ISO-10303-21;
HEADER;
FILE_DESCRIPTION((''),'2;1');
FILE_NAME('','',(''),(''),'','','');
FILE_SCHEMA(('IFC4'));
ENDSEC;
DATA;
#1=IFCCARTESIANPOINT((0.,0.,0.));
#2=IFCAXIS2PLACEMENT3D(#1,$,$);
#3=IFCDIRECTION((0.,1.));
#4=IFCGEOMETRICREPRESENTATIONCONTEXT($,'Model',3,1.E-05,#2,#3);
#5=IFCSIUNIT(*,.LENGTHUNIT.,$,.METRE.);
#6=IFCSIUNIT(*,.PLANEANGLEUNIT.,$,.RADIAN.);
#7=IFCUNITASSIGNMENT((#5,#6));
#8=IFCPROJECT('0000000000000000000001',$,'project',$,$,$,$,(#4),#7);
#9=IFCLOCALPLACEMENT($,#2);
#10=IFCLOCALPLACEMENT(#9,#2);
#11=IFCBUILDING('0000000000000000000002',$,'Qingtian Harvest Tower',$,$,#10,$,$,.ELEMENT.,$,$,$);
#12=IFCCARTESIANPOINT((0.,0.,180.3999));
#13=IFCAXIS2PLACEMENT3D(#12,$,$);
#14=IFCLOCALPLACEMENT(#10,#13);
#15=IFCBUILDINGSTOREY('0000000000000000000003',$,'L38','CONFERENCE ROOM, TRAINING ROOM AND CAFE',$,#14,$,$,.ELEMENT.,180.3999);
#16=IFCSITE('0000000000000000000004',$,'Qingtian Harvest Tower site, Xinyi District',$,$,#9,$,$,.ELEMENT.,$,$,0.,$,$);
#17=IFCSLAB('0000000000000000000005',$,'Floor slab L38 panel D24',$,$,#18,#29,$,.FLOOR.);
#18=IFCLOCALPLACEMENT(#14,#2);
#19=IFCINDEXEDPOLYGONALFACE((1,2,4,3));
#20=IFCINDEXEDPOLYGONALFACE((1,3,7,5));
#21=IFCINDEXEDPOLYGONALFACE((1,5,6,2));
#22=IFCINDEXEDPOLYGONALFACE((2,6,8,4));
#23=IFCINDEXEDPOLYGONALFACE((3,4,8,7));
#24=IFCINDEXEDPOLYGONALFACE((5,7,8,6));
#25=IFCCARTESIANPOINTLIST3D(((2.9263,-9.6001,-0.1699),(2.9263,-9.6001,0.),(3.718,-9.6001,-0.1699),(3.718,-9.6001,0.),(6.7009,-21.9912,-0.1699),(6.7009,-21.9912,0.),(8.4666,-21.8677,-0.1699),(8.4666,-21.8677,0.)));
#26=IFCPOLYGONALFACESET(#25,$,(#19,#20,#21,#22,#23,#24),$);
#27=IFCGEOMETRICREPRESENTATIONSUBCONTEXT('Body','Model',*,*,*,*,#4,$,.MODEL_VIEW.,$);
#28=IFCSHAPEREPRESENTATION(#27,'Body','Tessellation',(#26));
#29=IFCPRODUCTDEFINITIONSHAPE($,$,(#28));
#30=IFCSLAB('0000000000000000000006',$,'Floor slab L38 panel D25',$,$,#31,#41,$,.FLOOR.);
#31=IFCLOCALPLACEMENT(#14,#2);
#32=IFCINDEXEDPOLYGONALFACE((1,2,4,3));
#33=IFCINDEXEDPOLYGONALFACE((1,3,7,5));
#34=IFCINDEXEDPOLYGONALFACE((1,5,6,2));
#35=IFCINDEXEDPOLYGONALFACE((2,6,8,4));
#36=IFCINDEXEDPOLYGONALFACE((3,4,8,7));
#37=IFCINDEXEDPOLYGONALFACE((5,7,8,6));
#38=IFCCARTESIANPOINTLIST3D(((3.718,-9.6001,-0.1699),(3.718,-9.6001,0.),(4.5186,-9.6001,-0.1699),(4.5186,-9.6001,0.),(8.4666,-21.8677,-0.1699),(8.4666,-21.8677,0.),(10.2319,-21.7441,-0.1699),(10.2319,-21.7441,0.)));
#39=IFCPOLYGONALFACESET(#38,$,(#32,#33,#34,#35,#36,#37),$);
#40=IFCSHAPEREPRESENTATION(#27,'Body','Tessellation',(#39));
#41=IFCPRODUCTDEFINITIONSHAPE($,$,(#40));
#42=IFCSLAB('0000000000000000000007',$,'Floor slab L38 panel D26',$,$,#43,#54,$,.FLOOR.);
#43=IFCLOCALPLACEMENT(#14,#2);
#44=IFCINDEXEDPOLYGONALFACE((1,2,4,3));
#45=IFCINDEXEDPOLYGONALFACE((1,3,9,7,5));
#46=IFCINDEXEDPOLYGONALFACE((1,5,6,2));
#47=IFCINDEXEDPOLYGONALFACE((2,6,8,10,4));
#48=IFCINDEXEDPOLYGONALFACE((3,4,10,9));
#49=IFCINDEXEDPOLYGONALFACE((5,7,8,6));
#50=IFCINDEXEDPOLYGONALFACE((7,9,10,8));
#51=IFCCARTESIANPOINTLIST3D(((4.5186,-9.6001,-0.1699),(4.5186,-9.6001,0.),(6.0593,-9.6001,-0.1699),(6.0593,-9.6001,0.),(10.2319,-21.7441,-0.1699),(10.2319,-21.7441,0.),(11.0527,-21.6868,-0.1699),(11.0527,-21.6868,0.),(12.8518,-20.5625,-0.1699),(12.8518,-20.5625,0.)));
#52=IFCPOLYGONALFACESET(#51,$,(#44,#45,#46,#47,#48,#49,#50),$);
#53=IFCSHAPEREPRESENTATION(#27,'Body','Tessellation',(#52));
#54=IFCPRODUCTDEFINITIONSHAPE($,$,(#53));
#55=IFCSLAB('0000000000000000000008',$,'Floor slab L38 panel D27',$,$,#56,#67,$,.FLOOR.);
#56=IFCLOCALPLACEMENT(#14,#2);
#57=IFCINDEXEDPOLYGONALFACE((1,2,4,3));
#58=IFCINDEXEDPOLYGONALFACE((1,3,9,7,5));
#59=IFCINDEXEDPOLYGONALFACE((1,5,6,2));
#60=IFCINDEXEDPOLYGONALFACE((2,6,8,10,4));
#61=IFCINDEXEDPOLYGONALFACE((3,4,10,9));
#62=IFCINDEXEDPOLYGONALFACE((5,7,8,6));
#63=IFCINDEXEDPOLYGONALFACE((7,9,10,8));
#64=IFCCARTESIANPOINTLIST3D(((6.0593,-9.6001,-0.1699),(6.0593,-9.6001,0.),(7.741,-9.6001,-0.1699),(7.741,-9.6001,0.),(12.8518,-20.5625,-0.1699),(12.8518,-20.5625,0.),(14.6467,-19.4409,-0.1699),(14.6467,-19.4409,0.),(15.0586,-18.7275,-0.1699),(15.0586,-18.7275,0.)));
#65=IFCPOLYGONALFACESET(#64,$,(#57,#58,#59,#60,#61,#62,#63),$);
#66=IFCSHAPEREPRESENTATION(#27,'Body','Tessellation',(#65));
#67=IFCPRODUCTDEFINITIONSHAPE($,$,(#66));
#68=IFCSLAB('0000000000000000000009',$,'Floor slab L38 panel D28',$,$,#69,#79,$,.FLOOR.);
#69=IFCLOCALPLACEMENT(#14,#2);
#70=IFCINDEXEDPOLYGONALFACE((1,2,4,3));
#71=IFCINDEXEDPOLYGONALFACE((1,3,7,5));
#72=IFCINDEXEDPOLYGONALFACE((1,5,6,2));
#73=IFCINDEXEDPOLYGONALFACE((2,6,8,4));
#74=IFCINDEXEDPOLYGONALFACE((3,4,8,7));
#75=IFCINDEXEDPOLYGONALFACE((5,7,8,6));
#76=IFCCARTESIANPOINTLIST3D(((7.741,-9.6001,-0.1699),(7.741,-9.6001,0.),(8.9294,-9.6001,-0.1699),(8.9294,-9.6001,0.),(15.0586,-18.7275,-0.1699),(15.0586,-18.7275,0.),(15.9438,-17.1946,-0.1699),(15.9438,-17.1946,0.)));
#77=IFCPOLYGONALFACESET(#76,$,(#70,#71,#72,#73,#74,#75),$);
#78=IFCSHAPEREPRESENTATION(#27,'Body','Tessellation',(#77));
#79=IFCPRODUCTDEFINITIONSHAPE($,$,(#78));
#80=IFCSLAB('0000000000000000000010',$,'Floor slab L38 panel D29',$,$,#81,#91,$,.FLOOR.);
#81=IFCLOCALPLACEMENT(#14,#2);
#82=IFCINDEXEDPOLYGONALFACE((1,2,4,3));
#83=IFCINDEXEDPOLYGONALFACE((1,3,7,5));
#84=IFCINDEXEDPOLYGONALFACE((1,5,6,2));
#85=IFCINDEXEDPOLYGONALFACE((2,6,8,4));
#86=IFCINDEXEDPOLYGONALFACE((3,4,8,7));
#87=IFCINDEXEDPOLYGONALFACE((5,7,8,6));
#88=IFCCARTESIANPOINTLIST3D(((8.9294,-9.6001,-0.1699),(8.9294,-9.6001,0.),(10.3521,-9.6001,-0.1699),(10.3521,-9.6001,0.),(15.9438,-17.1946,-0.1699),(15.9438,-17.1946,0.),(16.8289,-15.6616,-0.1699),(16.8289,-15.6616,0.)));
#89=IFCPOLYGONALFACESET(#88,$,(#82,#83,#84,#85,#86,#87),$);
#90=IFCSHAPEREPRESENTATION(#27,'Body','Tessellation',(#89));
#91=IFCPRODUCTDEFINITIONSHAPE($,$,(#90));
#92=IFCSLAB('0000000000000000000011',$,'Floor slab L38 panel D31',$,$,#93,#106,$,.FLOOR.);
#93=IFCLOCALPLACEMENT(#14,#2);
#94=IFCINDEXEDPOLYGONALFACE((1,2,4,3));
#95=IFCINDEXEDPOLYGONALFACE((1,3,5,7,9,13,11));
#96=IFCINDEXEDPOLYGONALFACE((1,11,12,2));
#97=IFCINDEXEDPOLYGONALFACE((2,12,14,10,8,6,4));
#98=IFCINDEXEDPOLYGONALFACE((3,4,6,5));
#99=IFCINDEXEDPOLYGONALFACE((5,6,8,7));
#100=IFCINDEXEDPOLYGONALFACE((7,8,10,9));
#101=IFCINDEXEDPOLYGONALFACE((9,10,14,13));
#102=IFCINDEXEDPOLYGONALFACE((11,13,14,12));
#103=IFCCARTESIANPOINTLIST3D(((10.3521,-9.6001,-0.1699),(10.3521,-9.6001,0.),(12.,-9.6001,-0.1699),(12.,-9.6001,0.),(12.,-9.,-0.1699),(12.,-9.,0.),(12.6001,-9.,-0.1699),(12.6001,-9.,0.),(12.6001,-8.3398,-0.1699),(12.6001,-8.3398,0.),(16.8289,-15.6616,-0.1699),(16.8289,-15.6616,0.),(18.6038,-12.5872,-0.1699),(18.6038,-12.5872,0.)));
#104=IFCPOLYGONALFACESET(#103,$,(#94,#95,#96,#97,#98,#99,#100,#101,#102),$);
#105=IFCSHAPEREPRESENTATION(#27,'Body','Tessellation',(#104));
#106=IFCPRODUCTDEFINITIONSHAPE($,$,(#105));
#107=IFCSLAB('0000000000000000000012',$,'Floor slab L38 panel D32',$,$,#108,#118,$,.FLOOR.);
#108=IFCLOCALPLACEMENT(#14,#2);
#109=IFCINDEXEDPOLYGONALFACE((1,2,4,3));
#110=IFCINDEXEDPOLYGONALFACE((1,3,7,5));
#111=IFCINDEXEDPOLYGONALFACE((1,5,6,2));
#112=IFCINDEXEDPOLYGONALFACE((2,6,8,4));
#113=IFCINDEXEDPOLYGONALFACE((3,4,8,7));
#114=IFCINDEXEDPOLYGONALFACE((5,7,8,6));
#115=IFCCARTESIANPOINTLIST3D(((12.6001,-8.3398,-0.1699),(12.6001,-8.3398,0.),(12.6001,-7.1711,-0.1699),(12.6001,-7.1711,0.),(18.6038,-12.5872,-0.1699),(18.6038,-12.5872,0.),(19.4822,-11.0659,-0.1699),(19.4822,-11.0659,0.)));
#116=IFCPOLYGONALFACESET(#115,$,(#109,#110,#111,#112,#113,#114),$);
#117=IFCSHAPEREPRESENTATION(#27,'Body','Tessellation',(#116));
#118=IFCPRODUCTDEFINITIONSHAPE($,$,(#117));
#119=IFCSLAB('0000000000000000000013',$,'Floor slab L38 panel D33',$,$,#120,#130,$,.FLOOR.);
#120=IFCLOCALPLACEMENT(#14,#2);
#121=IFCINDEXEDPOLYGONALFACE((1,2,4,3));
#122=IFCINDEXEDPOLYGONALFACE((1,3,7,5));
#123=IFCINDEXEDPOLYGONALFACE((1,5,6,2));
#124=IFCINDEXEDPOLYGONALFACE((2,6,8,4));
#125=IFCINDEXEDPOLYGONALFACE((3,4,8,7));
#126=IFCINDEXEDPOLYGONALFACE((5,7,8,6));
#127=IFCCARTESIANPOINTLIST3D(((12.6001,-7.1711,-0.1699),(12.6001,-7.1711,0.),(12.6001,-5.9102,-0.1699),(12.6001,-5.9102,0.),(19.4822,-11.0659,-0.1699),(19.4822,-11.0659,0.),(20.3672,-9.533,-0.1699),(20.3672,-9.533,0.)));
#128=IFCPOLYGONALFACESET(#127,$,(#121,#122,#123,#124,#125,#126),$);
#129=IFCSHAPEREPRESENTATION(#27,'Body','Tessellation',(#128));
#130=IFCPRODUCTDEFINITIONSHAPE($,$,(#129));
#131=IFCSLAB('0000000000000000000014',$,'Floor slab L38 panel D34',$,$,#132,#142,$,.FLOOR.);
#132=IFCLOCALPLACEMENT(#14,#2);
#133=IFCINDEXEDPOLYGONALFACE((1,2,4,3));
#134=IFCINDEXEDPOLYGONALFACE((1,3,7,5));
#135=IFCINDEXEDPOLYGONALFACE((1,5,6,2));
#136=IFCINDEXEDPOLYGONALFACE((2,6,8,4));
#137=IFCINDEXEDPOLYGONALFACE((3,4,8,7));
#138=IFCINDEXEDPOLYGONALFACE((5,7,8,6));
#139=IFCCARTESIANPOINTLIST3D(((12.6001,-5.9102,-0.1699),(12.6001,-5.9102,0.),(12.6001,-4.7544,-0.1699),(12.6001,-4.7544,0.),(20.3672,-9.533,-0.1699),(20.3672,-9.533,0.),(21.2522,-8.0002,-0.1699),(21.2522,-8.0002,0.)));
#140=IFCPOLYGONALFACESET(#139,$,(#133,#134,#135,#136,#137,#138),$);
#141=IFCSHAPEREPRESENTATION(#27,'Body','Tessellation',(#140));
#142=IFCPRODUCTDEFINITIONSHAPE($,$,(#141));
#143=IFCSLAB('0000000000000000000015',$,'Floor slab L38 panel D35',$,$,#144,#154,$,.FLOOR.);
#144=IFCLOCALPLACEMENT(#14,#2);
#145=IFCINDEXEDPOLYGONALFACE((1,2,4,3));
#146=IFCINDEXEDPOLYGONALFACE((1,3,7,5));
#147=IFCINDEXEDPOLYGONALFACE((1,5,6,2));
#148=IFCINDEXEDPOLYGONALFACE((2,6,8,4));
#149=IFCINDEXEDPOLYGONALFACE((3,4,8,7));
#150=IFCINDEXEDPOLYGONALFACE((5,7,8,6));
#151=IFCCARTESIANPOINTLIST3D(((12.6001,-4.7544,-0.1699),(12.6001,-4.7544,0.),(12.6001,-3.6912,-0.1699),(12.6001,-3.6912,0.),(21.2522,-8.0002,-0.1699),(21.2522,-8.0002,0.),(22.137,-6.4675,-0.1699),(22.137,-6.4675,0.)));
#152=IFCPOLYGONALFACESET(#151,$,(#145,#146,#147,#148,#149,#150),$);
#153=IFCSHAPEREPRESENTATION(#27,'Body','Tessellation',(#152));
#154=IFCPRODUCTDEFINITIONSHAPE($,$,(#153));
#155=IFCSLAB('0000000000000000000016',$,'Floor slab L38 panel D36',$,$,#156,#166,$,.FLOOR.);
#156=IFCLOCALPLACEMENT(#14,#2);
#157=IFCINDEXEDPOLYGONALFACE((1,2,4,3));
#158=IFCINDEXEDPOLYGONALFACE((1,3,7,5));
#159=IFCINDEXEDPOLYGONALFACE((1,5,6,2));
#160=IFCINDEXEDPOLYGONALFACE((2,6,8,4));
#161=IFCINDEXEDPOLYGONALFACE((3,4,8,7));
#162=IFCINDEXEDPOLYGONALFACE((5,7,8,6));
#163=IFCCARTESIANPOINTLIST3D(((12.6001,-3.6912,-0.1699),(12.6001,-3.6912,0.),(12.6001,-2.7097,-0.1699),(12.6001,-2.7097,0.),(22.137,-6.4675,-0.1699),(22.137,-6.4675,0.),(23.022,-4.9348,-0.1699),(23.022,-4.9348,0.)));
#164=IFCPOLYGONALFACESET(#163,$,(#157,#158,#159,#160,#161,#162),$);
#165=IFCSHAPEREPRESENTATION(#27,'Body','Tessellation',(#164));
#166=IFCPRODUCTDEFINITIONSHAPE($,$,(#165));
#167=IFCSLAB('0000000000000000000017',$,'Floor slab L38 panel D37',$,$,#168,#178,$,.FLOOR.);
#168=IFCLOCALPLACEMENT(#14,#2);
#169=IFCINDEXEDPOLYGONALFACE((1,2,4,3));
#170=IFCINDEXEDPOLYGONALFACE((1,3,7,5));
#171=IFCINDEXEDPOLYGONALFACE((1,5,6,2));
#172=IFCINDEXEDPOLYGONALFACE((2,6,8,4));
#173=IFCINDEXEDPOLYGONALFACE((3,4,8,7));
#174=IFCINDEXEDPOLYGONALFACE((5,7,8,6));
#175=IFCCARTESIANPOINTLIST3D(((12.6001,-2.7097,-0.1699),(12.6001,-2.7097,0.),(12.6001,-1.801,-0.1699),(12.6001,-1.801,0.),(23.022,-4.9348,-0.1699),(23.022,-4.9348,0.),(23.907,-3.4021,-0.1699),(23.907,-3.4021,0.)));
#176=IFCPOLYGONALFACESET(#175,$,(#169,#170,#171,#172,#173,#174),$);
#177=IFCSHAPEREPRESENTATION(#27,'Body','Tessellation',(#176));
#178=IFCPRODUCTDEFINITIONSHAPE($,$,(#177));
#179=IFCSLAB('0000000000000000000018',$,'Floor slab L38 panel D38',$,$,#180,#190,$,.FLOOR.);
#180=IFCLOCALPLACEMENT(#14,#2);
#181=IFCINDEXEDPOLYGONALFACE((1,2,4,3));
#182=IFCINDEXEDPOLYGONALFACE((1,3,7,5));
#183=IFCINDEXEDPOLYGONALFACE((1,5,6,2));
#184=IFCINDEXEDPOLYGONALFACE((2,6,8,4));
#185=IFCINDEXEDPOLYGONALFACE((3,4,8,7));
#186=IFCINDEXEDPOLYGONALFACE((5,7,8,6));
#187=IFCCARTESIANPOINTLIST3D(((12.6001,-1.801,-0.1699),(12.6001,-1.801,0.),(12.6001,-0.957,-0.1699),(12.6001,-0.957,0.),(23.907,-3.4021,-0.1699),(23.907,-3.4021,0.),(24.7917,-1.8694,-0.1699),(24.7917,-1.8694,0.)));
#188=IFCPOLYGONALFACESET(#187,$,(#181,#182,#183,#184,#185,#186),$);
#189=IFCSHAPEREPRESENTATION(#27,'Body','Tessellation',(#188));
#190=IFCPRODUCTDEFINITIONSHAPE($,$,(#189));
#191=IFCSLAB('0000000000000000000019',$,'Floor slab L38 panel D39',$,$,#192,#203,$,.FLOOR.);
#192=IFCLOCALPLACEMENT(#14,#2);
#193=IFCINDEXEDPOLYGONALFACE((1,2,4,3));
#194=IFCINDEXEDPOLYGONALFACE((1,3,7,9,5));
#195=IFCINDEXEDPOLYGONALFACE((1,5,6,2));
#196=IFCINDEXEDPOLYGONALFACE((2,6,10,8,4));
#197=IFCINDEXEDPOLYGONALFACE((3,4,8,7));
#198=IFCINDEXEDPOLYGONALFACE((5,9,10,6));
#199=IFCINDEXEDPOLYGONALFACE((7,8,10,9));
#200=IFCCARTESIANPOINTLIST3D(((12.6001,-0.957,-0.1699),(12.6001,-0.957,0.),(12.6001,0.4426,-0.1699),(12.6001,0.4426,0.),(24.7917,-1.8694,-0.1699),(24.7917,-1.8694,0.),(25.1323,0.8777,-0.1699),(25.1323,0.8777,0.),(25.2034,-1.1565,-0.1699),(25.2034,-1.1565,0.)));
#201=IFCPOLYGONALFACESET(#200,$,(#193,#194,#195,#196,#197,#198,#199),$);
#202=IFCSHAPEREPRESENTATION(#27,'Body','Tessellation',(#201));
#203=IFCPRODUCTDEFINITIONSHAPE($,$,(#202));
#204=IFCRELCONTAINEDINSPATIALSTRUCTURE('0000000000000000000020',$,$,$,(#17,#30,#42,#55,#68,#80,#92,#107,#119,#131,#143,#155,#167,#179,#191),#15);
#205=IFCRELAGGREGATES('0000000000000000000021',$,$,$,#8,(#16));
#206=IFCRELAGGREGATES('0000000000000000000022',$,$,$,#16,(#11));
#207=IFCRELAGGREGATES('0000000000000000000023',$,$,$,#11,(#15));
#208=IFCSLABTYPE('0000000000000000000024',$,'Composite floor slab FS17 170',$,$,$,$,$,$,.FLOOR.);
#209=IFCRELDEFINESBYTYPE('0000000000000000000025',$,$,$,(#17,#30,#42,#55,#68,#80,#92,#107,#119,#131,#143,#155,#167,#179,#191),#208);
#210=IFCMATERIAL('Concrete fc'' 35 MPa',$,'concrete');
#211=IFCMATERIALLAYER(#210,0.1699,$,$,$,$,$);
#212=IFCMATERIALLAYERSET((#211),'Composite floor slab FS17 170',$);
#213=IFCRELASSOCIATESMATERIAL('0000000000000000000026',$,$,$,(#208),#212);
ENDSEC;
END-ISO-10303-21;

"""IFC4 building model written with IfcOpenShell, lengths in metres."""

from ifc_helpers import new_model, si_unit, direction, frame, origin, place, context, subcontext, project, spatial, polyline, outline, extrude, material, layer, layer_set, type_object, element, save


model = new_model("IFC4")

# Units and contexts
model_context = context("Model", 3, precision=1e-05, world=origin(), true_north=direction((0.0, 1.0)))
body_context = subcontext(model_context, "Body", "Model", "MODEL_VIEW")
ifc_project = project(units=[si_unit("LENGTHUNIT", "METRE"), si_unit("PLANEANGLEUNIT", "RADIAN")], contexts=[model_context])

# Site, building, storey
site_placement = place(None, origin())
site = spatial("IfcSite", under=ifc_project, at=site_placement, Name="Qingtian Harvest Tower site, Xinyi District", CompositionType="ELEMENT", RefElevation=0.0)
building_placement = place(site_placement, origin())
building = spatial("IfcBuilding", under=site, at=building_placement, Name="Qingtian Harvest Tower", CompositionType="ELEMENT")
storey_placement = place(building_placement, frame((0.0, 0.0, 180.3999)))
storey = spatial("IfcBuildingStorey", under=building, at=storey_placement, Name="L38", Description="CONFERENCE ROOM, TRAINING ROOM AND CAFE", CompositionType="ELEMENT", Elevation=180.3999)

# Slabs
ifc_material = material(Name="Concrete fc' 35 MPa", Category="concrete")
ifc_layer = layer(ifc_material, 0.1699)
ifc_layer_set = layer_set([ifc_layer], Name="Composite floor slab FS17 170")
slab_type = type_object("IfcSlabType", Name="Composite floor slab FS17 170", PredefinedType="FLOOR", material=ifc_layer_set)
slab_1_placement = place(storey_placement, frame((0.0, 0.0, -0.1699)))
element("IfcSlab", 1, at=slab_1_placement, inside=storey, type_object=slab_type, Name="Floor slab L38 panel D24", PredefinedType="FLOOR", context=body_context, shape_type="SweptSolid", body=[
    extrude(outline(polyline([(3.718, -9.6001), (8.4666, -21.8677), (6.7009, -21.9912), (2.9263, -9.6001), (3.718, -9.6001)])), origin(), (0.0, 0.0, 1.0), 0.1699),
])
slab_2_placement = place(storey_placement, frame((0.0, 0.0, -0.1699)))
element("IfcSlab", 2, at=slab_2_placement, inside=storey, type_object=slab_type, Name="Floor slab L38 panel D25", PredefinedType="FLOOR", context=body_context, shape_type="SweptSolid", body=[
    extrude(outline(polyline([(4.5186, -9.6001), (10.2319, -21.7441), (8.4666, -21.8677), (3.718, -9.6001), (4.5186, -9.6001)])), origin(), (0.0, 0.0, 1.0), 0.1699),
])
slab_3_placement = place(storey_placement, frame((0.0, 0.0, -0.1699)))
element("IfcSlab", 3, at=slab_3_placement, inside=storey, type_object=slab_type, Name="Floor slab L38 panel D26", PredefinedType="FLOOR", context=body_context, shape_type="SweptSolid", body=[
    extrude(outline(polyline([(4.5186, -9.6001), (6.0593, -9.6001), (12.8518, -20.5625), (11.0527, -21.6868), (10.2319, -21.7441), (4.5186, -9.6001)])), origin(), (0.0, 0.0, 1.0), 0.1699),
])
slab_4_placement = place(storey_placement, frame((0.0, 0.0, -0.1699)))
element("IfcSlab", 4, at=slab_4_placement, inside=storey, type_object=slab_type, Name="Floor slab L38 panel D27", PredefinedType="FLOOR", context=body_context, shape_type="SweptSolid", body=[
    extrude(outline(polyline([(6.0593, -9.6001), (7.741, -9.6001), (15.0586, -18.7275), (14.6467, -19.4409), (12.8518, -20.5625), (6.0593, -9.6001)])), origin(), (0.0, 0.0, 1.0), 0.1699),
])
slab_5_placement = place(storey_placement, frame((0.0, 0.0, -0.1699)))
element("IfcSlab", 5, at=slab_5_placement, inside=storey, type_object=slab_type, Name="Floor slab L38 panel D28", PredefinedType="FLOOR", context=body_context, shape_type="SweptSolid", body=[
    extrude(outline(polyline([(8.9294, -9.6001), (15.9438, -17.1946), (15.0586, -18.7275), (7.741, -9.6001), (8.9294, -9.6001)])), origin(), (0.0, 0.0, 1.0), 0.1699),
])
slab_6_placement = place(storey_placement, frame((0.0, 0.0, -0.1699)))
element("IfcSlab", 6, at=slab_6_placement, inside=storey, type_object=slab_type, Name="Floor slab L38 panel D29", PredefinedType="FLOOR", context=body_context, shape_type="SweptSolid", body=[
    extrude(outline(polyline([(10.3521, -9.6001), (16.8289, -15.6616), (15.9438, -17.1946), (8.9294, -9.6001), (10.3521, -9.6001)])), origin(), (0.0, 0.0, 1.0), 0.1699),
])
slab_7_placement = place(storey_placement, frame((0.0, 0.0, -0.1699)))
element("IfcSlab", 7, at=slab_7_placement, inside=storey, type_object=slab_type, Name="Floor slab L38 panel D31", PredefinedType="FLOOR", context=body_context, shape_type="SweptSolid", body=[
    extrude(outline(polyline([(12.6001, -8.3398), (18.6038, -12.5872), (16.8289, -15.6616), (10.3521, -9.6001), (12.0, -9.6001), (12.0, -9.0), (12.6001, -9.0), (12.6001, -8.3398)])), origin(), (0.0, 0.0, 1.0), 0.1699),
])
slab_8_placement = place(storey_placement, frame((0.0, 0.0, -0.1699)))
element("IfcSlab", 8, at=slab_8_placement, inside=storey, type_object=slab_type, Name="Floor slab L38 panel D32", PredefinedType="FLOOR", context=body_context, shape_type="SweptSolid", body=[
    extrude(outline(polyline([(12.6001, -7.1711), (19.4822, -11.0659), (18.6038, -12.5872), (12.6001, -8.3398), (12.6001, -7.1711)])), origin(), (0.0, 0.0, 1.0), 0.1699),
])
slab_9_placement = place(storey_placement, frame((0.0, 0.0, -0.1699)))
element("IfcSlab", 9, at=slab_9_placement, inside=storey, type_object=slab_type, Name="Floor slab L38 panel D33", PredefinedType="FLOOR", context=body_context, shape_type="SweptSolid", body=[
    extrude(outline(polyline([(12.6001, -5.9102), (20.3672, -9.533), (19.4822, -11.0659), (12.6001, -7.1711), (12.6001, -5.9102)])), origin(), (0.0, 0.0, 1.0), 0.1699),
])
slab_10_placement = place(storey_placement, frame((0.0, 0.0, -0.1699)))
element("IfcSlab", 10, at=slab_10_placement, inside=storey, type_object=slab_type, Name="Floor slab L38 panel D34", PredefinedType="FLOOR", context=body_context, shape_type="SweptSolid", body=[
    extrude(outline(polyline([(12.6001, -4.7544), (21.2522, -8.0002), (20.3672, -9.533), (12.6001, -5.9102), (12.6001, -4.7544)])), origin(), (0.0, 0.0, 1.0), 0.1699),
])
slab_11_placement = place(storey_placement, frame((0.0, 0.0, -0.1699)))
element("IfcSlab", 11, at=slab_11_placement, inside=storey, type_object=slab_type, Name="Floor slab L38 panel D35", PredefinedType="FLOOR", context=body_context, shape_type="SweptSolid", body=[
    extrude(outline(polyline([(12.6001, -3.6912), (22.137, -6.4675), (21.2522, -8.0002), (12.6001, -4.7544), (12.6001, -3.6912)])), origin(), (0.0, 0.0, 1.0), 0.1699),
])
slab_12_placement = place(storey_placement, frame((0.0, 0.0, -0.1699)))
element("IfcSlab", 12, at=slab_12_placement, inside=storey, type_object=slab_type, Name="Floor slab L38 panel D36", PredefinedType="FLOOR", context=body_context, shape_type="SweptSolid", body=[
    extrude(outline(polyline([(12.6001, -2.7097), (23.022, -4.9348), (22.137, -6.4675), (12.6001, -3.6912), (12.6001, -2.7097)])), origin(), (0.0, 0.0, 1.0), 0.1699),
])
slab_13_placement = place(storey_placement, frame((0.0, 0.0, -0.1699)))
element("IfcSlab", 13, at=slab_13_placement, inside=storey, type_object=slab_type, Name="Floor slab L38 panel D37", PredefinedType="FLOOR", context=body_context, shape_type="SweptSolid", body=[
    extrude(outline(polyline([(12.6001, -1.801), (23.907, -3.4021), (23.022, -4.9348), (12.6001, -2.7097), (12.6001, -1.801)])), origin(), (0.0, 0.0, 1.0), 0.1699),
])
slab_14_placement = place(storey_placement, frame((0.0, 0.0, -0.1699)))
element("IfcSlab", 14, at=slab_14_placement, inside=storey, type_object=slab_type, Name="Floor slab L38 panel D38", PredefinedType="FLOOR", context=body_context, shape_type="SweptSolid", body=[
    extrude(outline(polyline([(12.6001, -0.957), (24.7917, -1.8694), (23.907, -3.4021), (12.6001, -1.801), (12.6001, -0.957)])), origin(), (0.0, 0.0, 1.0), 0.1699),
])
slab_15_placement = place(storey_placement, frame((0.0, 0.0, -0.1699)))
element("IfcSlab", 15, at=slab_15_placement, inside=storey, type_object=slab_type, Name="Floor slab L38 panel D39", PredefinedType="FLOOR", context=body_context, shape_type="SweptSolid", body=[
    extrude(outline(polyline([(12.6001, -0.957), (12.6001, 0.4426), (25.1323, 0.8777), (25.2034, -1.1565), (24.7917, -1.8694), (12.6001, -0.957)])), origin(), (0.0, 0.0, 1.0), 0.1699),
])

save(model, "model.ifc")
